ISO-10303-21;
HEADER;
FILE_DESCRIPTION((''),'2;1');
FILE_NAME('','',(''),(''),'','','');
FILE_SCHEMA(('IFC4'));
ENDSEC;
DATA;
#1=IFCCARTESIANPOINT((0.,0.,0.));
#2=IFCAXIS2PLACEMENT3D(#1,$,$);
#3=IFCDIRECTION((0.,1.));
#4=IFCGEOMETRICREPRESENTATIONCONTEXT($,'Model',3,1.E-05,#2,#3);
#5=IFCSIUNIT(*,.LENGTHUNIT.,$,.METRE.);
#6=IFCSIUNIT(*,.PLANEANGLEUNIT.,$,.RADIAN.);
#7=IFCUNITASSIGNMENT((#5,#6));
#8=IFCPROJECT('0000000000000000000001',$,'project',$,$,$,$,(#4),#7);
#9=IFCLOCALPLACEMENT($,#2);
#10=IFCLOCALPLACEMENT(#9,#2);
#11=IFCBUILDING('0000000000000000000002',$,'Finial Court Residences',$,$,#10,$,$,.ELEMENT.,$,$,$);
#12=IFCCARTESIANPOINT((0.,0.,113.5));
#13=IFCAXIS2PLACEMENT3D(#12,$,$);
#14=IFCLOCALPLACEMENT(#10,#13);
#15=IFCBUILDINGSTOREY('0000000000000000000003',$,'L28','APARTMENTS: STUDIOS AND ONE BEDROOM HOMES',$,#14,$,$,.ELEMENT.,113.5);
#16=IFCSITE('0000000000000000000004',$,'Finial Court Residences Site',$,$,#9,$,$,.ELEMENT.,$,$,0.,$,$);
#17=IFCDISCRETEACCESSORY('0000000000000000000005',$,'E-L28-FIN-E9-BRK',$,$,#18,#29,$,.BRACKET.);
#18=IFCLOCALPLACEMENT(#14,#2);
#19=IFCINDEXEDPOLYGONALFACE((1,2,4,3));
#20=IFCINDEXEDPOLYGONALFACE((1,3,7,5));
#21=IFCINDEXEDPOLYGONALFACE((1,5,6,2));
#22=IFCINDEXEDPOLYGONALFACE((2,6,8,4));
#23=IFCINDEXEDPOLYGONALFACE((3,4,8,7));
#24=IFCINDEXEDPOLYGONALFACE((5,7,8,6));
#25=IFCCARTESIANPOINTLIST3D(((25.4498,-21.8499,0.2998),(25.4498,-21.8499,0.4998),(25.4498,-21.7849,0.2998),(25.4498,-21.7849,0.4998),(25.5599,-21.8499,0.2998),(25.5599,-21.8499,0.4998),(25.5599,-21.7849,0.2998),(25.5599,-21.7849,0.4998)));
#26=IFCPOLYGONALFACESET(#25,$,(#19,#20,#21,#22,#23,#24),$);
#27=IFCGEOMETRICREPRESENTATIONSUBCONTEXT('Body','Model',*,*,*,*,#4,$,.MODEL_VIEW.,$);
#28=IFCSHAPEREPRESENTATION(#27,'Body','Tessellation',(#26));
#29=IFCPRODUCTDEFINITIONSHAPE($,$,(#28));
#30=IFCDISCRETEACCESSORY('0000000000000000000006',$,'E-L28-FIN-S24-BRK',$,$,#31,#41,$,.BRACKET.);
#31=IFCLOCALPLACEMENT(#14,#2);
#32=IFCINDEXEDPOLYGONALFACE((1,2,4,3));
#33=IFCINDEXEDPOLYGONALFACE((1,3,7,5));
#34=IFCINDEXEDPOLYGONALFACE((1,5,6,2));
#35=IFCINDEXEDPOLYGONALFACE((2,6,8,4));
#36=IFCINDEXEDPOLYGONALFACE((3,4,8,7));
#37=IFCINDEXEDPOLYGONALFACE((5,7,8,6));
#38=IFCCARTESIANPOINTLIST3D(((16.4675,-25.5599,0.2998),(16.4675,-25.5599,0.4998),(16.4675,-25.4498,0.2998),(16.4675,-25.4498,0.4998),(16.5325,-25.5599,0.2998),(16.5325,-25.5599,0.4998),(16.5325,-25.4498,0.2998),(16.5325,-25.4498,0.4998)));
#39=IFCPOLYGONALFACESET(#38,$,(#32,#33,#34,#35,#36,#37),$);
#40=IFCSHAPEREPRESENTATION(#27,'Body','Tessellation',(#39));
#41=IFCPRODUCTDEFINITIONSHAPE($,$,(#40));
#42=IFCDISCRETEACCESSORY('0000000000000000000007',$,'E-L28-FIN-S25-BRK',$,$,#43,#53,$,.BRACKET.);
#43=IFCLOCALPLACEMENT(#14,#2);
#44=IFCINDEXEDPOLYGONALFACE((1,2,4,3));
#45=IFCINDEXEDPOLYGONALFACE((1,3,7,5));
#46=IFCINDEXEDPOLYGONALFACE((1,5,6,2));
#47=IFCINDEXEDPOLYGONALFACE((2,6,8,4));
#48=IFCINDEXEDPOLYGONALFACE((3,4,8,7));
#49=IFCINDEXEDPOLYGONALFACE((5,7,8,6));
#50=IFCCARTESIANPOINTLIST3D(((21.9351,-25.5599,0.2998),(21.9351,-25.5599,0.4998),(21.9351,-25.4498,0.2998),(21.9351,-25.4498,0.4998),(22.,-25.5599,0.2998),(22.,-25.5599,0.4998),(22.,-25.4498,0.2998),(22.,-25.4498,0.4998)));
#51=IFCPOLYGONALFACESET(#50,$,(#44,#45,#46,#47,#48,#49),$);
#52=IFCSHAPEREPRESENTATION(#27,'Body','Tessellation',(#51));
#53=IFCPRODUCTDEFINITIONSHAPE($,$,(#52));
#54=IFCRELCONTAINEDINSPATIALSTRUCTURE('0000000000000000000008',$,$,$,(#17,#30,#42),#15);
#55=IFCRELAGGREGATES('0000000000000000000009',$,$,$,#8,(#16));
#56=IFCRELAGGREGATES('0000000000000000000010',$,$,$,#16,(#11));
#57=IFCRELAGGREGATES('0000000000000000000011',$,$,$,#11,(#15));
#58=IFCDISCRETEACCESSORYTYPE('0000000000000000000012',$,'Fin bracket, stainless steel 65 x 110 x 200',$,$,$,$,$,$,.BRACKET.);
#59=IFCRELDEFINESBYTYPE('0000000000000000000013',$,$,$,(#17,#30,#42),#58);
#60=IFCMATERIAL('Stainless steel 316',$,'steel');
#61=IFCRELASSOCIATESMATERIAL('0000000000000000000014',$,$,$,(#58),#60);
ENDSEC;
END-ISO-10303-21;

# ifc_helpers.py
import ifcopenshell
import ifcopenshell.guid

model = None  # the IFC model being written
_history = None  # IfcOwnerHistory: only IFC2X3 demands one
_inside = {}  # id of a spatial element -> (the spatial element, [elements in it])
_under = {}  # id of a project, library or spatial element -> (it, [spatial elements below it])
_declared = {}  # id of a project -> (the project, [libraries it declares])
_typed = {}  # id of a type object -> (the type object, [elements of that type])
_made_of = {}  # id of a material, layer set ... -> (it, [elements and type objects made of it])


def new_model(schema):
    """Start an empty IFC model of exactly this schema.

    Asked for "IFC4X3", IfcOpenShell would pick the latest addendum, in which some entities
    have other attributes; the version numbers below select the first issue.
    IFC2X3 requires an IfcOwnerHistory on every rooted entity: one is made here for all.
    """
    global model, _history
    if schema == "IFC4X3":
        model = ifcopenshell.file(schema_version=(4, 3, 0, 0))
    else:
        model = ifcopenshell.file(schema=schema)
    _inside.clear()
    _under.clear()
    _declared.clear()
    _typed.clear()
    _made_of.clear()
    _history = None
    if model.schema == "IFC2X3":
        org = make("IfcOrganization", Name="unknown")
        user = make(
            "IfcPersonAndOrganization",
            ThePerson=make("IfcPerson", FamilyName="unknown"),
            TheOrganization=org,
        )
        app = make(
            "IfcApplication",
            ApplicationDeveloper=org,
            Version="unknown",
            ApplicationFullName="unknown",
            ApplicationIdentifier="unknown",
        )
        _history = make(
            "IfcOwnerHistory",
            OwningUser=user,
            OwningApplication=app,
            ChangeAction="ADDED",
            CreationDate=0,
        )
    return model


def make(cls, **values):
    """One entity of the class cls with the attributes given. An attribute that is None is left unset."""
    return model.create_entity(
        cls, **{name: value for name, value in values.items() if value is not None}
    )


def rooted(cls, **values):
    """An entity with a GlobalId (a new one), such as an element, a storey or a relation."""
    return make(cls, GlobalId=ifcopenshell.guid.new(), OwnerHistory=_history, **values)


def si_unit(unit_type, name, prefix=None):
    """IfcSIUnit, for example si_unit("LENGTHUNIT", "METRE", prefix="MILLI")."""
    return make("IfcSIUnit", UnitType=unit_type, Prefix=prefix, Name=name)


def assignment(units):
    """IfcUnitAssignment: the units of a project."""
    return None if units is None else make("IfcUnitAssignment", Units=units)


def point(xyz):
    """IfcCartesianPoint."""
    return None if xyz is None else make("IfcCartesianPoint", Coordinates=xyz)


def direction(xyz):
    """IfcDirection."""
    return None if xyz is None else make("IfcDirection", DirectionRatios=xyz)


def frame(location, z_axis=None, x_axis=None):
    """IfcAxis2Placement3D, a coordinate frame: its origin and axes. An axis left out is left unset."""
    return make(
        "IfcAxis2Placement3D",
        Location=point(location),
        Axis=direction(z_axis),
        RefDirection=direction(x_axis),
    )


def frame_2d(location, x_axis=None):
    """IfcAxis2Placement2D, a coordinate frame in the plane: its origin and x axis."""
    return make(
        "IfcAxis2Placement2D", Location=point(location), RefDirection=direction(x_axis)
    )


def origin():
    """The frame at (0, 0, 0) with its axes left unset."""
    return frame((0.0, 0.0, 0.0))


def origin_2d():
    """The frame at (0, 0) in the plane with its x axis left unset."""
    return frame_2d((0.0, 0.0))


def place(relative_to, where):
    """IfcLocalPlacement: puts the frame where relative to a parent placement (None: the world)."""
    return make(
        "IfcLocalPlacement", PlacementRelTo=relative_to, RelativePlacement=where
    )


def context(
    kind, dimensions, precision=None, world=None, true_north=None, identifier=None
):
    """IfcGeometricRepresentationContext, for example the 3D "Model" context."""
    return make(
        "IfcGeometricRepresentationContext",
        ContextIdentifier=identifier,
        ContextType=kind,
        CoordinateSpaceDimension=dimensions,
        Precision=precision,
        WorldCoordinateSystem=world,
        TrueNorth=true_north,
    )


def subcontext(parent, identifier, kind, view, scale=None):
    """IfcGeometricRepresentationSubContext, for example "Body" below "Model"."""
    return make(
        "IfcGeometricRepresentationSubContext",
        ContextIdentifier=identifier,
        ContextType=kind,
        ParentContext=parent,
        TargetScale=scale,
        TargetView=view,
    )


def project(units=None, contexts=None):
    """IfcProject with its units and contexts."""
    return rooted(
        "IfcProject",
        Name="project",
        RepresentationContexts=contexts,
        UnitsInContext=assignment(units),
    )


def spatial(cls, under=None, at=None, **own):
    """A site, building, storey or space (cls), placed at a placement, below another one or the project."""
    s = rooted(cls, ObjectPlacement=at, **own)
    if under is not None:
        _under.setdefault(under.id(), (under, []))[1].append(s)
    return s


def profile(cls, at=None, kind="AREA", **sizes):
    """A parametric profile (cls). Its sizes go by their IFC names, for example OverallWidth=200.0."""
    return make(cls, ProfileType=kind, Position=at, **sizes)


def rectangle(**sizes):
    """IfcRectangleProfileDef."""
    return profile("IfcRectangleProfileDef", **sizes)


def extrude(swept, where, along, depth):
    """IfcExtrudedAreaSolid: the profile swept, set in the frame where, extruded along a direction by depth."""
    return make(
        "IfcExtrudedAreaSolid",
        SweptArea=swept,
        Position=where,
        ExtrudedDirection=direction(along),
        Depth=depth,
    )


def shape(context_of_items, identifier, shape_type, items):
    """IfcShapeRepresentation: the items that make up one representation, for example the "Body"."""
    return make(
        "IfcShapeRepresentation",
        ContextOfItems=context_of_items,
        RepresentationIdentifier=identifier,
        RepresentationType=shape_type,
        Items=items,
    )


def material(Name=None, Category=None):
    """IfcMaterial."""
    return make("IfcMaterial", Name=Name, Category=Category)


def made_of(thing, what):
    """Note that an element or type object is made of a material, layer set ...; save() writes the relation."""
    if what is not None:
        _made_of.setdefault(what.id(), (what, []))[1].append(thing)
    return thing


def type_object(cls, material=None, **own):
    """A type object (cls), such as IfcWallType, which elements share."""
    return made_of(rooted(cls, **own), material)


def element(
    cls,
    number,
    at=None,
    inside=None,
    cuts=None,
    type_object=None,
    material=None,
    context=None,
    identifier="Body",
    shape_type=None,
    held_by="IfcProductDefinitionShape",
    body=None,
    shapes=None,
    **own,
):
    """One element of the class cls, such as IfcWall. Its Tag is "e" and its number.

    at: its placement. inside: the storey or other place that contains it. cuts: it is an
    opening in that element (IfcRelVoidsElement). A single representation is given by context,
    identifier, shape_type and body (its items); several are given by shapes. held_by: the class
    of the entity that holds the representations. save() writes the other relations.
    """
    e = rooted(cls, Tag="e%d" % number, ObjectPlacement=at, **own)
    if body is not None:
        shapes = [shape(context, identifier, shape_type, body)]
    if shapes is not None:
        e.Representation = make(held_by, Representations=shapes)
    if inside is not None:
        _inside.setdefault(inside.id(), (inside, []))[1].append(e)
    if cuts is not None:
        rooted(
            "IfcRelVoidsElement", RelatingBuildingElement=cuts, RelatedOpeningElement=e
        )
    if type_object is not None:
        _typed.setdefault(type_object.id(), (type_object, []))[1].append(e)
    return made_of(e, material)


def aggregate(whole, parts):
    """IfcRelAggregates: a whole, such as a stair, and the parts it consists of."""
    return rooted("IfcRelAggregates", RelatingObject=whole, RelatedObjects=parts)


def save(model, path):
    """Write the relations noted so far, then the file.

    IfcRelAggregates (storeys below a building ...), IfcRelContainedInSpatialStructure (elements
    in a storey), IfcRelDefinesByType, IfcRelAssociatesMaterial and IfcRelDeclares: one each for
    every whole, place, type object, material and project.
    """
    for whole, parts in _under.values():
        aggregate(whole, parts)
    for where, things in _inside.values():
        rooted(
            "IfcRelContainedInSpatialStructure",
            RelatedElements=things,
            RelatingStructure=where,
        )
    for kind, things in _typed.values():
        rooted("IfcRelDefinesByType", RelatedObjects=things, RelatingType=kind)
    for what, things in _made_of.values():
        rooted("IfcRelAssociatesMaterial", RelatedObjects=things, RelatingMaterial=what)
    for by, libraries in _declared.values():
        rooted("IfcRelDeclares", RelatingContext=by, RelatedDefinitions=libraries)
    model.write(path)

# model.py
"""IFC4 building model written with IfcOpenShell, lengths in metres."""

from ifc_helpers import new_model, si_unit, direction, frame, origin, origin_2d, place, context, subcontext, project, spatial, rectangle, extrude, material, type_object, element, save


model = new_model("IFC4")

# Units and contexts
model_context = context("Model", 3, precision=1e-05, world=origin(), true_north=direction((0.0, 1.0)))
body_context = subcontext(model_context, "Body", "Model", "MODEL_VIEW")
ifc_project = project(units=[si_unit("LENGTHUNIT", "METRE"), si_unit("PLANEANGLEUNIT", "RADIAN")], contexts=[model_context])

# Site, building, storey
site_placement = place(None, origin())
site = spatial("IfcSite", under=ifc_project, at=site_placement, Name="Finial Court Residences Site", CompositionType="ELEMENT", RefElevation=0.0)
building_placement = place(site_placement, origin())
building = spatial("IfcBuilding", under=site, at=building_placement, Name="Finial Court Residences", CompositionType="ELEMENT")
storey_placement = place(building_placement, frame((0.0, 0.0, 113.5)))
storey = spatial("IfcBuildingStorey", under=building, at=storey_placement, Name="L28", Description="APARTMENTS: STUDIOS AND ONE BEDROOM HOMES", CompositionType="ELEMENT", Elevation=113.5)

# Discrete accessories
ifc_material_1 = material(Name="Stainless steel 316", Category="steel")
discrete_accessory_type = type_object("IfcDiscreteAccessoryType", Name="Fin bracket, stainless steel 65 x 110 x 200", PredefinedType="BRACKET", material=ifc_material_1)
discrete_accessory_placement = place(storey_placement, frame((25.5049, -21.8174, 0.2998), z_axis=(0.0, 0.0, 1.0), x_axis=(1.0, 0.0, 0.0)))
element("IfcDiscreteAccessory", 1, at=discrete_accessory_placement, inside=storey, type_object=discrete_accessory_type, Name="E-L28-FIN-E9-BRK", PredefinedType="BRACKET", context=body_context, shape_type="SweptSolid", body=[
    extrude(rectangle(XDim=0.1101, YDim=0.0649, at=origin_2d()), origin(), (0.0, 0.0, 1.0), 0.2),
])
for number, where, z_axis, x_axis, name in (
    (2, (16.5, -25.5049, 0.2998), (0.0, 0.0, 1.0), (1.0, 0.0, 0.0), "E-L28-FIN-S24-BRK"),
    (3, (21.9675, -25.5049, 0.2998), (0.0, 0.0, 1.0), (1.0, 0.0, 0.0), "E-L28-FIN-S25-BRK"),
):
    element("IfcDiscreteAccessory", number, at=place(storey_placement, frame(where, z_axis=z_axis, x_axis=x_axis)), inside=storey, type_object=discrete_accessory_type, Name=name, PredefinedType="BRACKET", context=body_context, shape_type="SweptSolid", body=[
        extrude(rectangle(XDim=0.0649, YDim=0.1101, at=origin_2d()), origin(), (0.0, 0.0, 1.0), 0.2),
    ])

save(model, "model.ifc")
